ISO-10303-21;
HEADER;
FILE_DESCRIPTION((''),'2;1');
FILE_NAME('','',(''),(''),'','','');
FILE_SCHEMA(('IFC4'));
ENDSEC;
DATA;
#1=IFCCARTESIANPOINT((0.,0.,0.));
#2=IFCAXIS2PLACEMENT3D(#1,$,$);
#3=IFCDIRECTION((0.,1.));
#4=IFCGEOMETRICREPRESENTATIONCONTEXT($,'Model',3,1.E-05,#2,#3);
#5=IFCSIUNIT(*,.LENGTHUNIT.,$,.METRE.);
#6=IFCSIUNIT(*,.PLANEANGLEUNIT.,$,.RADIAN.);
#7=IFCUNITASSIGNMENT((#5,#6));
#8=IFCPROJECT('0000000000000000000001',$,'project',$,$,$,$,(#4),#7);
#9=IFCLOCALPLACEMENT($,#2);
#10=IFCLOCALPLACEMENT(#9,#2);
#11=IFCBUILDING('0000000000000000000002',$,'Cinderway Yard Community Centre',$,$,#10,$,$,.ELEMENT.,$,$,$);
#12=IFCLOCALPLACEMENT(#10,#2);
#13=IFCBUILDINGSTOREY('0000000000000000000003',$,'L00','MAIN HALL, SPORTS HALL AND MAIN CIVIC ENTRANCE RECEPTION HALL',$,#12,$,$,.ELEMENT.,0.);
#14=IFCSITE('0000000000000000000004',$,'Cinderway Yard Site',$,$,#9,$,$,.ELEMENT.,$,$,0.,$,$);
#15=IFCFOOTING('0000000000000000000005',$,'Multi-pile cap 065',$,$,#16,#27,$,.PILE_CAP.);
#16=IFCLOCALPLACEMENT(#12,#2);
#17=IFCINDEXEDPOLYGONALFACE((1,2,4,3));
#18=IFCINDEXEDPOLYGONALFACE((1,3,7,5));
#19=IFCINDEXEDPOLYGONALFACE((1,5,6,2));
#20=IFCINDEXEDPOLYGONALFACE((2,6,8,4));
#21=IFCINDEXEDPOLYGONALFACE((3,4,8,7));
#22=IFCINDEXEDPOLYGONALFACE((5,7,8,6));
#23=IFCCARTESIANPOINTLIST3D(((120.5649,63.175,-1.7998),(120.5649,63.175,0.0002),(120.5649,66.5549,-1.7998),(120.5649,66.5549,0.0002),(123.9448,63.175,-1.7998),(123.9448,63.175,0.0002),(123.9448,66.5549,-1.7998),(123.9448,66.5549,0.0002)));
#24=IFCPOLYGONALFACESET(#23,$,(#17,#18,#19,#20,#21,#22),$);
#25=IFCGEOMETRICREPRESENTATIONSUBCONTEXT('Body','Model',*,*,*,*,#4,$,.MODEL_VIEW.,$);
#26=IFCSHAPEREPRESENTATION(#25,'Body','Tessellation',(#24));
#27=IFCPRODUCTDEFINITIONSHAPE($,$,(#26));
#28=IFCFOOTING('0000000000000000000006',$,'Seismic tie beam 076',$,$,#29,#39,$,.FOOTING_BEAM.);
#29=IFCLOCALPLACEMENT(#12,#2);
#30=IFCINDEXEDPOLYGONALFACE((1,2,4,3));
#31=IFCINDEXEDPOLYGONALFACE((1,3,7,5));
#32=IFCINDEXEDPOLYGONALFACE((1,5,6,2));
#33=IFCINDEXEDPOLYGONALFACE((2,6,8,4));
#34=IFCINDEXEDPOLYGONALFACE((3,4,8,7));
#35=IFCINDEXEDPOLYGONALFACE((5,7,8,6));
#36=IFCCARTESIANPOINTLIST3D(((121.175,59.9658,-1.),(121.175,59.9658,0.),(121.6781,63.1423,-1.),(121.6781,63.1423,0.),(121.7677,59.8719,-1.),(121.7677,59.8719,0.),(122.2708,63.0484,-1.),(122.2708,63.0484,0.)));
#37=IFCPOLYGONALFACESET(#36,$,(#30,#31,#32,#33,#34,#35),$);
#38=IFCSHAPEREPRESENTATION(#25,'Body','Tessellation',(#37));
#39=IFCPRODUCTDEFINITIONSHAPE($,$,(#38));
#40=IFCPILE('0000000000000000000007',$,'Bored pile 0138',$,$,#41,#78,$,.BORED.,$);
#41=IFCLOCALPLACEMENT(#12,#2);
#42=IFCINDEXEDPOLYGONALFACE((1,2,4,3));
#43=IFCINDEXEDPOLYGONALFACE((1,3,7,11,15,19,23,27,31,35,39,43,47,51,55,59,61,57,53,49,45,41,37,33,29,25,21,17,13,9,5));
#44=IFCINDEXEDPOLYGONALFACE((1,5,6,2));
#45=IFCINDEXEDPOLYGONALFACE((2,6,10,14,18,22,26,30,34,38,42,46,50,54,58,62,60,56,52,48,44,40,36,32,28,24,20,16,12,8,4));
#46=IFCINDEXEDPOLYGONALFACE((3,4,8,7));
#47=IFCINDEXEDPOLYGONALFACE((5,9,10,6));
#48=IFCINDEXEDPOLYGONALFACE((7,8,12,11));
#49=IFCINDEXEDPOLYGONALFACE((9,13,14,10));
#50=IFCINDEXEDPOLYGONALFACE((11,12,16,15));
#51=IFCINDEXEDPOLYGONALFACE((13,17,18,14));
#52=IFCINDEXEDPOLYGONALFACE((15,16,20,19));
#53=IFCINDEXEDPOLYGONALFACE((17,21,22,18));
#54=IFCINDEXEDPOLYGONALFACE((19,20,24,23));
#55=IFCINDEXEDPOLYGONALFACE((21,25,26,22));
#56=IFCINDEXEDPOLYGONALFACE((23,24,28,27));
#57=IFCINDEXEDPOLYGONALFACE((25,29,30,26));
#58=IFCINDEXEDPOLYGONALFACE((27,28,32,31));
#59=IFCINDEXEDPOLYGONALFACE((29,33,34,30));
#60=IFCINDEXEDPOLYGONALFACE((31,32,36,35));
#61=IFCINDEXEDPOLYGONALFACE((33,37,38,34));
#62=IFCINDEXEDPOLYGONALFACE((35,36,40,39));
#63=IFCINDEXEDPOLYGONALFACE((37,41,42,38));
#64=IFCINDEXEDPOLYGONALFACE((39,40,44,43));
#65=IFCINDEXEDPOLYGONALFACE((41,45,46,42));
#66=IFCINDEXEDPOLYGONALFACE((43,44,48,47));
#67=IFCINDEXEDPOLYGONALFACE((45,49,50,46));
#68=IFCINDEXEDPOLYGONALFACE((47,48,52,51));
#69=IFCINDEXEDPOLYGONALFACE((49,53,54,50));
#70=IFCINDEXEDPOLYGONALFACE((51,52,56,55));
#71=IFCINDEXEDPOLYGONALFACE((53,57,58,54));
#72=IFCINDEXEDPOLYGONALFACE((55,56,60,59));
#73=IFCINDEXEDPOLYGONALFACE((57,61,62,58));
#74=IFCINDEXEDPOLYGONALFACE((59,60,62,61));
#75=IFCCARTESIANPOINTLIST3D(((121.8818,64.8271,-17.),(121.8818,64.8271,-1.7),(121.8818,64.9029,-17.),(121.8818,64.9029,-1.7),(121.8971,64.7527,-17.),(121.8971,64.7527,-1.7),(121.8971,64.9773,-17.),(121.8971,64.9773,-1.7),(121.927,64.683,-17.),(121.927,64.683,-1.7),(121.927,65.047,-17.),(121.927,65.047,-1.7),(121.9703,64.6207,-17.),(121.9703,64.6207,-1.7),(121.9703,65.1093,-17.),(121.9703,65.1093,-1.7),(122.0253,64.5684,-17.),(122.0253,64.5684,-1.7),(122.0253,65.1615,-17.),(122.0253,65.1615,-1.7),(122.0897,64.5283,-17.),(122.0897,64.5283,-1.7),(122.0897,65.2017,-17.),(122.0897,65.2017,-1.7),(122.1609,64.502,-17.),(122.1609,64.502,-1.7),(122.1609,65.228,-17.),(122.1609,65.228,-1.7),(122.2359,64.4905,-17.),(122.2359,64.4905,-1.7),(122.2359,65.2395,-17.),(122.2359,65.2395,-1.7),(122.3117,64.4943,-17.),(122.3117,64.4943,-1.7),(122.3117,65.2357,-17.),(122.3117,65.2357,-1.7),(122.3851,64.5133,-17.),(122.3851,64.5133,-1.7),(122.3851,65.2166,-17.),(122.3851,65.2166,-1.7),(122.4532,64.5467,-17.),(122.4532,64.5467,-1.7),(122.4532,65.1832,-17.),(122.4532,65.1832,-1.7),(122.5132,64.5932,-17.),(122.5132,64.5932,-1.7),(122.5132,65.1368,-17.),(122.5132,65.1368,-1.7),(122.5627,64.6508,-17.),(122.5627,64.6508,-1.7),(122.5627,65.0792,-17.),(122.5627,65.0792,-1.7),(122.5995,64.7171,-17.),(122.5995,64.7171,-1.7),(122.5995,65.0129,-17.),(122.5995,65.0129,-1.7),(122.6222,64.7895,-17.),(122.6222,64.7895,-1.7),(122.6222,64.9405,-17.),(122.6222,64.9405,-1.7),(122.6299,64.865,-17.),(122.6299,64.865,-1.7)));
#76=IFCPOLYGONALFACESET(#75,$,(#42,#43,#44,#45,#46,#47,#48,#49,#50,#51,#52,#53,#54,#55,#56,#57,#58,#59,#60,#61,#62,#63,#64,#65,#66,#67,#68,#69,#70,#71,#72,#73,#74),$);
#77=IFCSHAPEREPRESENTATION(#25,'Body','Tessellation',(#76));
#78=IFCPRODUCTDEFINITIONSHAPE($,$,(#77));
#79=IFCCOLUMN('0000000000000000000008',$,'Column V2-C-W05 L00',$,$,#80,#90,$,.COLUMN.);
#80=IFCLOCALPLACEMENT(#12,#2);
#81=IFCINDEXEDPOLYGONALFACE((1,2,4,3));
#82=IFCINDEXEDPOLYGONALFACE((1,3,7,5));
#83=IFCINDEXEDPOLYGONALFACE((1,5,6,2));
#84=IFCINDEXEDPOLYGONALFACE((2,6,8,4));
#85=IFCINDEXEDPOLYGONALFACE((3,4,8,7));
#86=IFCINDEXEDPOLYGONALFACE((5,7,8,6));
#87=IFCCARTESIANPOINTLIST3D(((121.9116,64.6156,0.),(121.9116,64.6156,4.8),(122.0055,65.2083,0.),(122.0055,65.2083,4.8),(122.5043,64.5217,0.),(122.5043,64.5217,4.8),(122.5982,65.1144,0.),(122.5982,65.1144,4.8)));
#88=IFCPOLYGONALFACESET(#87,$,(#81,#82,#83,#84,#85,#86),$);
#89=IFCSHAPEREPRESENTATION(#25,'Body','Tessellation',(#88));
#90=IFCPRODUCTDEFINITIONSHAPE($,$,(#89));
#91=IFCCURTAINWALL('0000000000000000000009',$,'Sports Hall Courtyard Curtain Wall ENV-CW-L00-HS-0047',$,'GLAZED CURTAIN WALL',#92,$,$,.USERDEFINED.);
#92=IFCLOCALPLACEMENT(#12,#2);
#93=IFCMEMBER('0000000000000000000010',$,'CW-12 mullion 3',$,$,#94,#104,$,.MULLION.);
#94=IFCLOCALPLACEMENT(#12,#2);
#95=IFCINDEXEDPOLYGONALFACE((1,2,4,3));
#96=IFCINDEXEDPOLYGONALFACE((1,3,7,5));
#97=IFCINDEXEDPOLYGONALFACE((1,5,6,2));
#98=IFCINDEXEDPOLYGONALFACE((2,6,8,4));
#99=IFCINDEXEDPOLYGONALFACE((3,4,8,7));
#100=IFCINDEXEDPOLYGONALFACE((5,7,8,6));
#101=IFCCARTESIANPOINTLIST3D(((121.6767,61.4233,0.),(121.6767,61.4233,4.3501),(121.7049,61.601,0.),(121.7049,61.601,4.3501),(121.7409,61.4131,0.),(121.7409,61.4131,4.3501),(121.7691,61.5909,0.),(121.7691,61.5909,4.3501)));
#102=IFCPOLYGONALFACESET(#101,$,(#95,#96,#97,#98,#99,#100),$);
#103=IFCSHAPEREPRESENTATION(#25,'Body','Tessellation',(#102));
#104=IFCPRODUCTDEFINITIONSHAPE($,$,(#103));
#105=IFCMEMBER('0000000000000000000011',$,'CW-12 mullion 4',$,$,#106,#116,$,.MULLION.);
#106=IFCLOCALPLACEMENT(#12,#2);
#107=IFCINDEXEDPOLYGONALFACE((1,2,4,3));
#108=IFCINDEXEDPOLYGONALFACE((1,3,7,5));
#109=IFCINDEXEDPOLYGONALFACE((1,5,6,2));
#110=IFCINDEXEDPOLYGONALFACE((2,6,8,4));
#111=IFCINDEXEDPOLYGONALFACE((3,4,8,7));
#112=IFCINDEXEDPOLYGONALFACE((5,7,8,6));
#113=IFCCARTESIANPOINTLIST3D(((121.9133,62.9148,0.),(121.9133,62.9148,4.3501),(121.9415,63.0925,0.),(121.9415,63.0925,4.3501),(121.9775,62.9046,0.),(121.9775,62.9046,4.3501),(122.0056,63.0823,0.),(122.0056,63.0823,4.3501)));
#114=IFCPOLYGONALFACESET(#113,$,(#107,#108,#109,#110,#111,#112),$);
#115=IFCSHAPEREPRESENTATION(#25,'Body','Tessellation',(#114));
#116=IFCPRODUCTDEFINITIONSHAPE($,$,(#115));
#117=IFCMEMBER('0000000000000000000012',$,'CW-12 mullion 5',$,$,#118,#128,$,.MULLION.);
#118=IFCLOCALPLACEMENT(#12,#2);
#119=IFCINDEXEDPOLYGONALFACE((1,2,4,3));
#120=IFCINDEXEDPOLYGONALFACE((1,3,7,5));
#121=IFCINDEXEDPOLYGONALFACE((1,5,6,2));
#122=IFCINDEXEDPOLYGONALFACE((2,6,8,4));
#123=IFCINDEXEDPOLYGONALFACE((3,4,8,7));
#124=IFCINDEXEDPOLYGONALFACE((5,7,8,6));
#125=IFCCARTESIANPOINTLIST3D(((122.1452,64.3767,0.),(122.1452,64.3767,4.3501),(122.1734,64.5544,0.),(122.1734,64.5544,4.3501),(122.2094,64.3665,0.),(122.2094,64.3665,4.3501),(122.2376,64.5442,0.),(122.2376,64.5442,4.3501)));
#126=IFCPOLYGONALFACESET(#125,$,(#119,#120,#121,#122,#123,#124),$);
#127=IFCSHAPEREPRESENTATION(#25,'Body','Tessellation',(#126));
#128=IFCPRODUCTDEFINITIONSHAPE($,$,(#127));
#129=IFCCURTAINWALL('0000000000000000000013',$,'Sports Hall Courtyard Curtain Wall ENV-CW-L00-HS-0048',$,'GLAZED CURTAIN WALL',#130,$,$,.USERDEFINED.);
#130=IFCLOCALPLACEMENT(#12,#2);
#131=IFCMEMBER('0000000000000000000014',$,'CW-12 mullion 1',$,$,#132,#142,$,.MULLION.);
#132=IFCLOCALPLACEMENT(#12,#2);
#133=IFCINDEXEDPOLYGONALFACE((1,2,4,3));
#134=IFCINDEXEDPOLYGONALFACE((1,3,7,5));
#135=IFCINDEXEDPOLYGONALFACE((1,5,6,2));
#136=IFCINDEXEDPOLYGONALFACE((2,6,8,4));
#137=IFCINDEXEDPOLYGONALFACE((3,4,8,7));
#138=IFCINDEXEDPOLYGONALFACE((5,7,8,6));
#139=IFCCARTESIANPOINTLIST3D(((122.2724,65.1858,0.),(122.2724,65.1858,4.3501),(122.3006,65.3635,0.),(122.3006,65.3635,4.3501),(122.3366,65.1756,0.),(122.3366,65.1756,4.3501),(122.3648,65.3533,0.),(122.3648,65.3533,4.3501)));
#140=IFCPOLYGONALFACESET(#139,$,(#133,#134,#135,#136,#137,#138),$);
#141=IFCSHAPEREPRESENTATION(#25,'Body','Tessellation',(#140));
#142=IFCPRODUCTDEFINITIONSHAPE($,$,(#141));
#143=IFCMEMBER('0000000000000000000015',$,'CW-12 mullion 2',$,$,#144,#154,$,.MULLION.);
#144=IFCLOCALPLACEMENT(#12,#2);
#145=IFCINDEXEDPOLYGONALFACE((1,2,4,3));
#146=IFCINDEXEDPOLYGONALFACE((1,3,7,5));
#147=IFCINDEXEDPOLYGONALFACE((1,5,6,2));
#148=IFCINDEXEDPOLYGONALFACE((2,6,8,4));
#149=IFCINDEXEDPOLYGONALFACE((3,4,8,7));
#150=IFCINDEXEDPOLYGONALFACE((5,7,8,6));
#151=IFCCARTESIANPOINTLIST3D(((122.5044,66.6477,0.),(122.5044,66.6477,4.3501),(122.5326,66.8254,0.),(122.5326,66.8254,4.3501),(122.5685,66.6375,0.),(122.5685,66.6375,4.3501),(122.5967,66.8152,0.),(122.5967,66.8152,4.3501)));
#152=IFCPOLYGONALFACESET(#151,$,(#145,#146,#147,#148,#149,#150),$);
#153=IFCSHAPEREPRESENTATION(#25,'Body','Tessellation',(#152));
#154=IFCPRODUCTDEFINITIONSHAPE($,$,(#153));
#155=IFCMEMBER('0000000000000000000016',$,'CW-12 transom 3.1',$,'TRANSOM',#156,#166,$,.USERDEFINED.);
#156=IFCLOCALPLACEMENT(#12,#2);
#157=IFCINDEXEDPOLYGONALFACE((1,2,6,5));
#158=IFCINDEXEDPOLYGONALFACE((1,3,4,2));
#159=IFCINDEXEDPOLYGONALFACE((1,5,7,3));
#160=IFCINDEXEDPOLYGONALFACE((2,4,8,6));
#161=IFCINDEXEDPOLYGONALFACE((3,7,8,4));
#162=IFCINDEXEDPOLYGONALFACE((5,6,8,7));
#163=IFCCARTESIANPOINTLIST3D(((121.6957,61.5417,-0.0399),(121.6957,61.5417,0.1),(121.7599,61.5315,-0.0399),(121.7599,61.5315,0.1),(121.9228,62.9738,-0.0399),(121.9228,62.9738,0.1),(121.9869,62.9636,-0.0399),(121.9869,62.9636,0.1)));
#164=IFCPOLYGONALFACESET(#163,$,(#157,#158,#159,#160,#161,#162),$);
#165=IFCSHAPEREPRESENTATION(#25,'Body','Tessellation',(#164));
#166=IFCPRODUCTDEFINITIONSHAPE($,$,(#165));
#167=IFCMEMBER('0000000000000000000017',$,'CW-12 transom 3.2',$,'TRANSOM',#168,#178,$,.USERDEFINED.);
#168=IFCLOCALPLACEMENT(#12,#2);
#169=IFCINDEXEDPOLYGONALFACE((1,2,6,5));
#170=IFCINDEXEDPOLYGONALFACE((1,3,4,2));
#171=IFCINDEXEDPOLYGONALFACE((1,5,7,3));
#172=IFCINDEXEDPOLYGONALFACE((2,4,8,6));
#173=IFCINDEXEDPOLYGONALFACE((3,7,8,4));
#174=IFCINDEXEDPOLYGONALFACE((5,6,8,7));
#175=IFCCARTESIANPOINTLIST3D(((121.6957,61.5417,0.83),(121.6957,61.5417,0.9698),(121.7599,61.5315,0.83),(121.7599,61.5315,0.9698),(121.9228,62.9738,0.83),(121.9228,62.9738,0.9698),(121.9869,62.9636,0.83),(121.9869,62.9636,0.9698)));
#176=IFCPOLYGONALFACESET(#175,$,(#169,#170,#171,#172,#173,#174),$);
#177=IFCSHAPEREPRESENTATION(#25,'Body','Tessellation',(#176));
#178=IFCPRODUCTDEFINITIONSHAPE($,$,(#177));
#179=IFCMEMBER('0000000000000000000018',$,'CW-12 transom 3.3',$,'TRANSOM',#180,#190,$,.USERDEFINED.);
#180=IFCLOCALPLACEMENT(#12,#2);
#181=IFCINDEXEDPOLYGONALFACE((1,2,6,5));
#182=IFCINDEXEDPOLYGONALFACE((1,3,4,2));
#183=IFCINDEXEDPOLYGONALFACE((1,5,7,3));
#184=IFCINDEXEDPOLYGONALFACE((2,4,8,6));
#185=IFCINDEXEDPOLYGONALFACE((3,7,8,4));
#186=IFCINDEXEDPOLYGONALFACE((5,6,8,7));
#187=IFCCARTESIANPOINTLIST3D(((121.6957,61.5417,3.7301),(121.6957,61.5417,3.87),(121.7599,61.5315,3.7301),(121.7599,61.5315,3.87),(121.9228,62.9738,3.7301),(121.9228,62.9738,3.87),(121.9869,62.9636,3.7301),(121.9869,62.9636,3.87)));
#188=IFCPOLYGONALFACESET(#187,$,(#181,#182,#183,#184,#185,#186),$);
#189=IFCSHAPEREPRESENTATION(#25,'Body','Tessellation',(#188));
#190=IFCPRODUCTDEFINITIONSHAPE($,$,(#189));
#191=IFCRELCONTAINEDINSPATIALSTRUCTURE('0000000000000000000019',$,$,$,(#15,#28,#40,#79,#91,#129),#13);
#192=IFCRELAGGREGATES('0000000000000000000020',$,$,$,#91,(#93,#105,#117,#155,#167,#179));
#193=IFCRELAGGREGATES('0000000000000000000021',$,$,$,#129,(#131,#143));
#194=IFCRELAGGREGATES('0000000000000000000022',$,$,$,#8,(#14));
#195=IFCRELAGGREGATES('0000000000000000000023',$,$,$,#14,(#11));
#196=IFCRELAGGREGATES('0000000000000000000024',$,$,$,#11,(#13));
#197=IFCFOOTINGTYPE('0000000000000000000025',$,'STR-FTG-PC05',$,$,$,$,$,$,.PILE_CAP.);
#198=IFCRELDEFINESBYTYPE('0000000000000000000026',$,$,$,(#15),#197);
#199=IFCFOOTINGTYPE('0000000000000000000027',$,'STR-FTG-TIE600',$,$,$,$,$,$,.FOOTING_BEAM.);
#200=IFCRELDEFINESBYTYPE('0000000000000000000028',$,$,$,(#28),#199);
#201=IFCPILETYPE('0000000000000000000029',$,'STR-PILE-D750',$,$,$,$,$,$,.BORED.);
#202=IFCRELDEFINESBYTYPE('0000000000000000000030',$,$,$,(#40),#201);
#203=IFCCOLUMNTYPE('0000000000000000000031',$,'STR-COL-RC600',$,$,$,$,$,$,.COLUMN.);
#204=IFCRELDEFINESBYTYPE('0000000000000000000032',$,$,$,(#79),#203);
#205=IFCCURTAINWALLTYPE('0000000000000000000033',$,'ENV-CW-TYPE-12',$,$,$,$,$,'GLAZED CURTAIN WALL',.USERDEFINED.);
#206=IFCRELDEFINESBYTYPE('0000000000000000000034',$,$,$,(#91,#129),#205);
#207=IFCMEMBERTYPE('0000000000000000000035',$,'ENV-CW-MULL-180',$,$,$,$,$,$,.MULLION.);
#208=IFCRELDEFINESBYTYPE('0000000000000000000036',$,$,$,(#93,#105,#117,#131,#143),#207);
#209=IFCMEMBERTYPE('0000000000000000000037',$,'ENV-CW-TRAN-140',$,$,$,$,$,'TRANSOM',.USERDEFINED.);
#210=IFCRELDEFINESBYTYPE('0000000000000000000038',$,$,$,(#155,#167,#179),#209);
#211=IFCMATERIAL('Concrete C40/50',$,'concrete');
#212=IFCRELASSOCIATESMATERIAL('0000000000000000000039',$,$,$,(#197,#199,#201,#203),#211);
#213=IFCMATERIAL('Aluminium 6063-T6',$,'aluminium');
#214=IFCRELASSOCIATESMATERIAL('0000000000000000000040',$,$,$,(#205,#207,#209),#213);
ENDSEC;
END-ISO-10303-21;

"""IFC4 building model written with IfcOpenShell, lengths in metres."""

from ifc_helpers import new_model, si_unit, direction, frame, origin, origin_2d, place, context, subcontext, project, spatial, rectangle, circle, extrude, material, material_profile, profile_set, type_object, element, aggregate, save


model = new_model("IFC4")

# Units and contexts
model_context = context("Model", 3, precision=1e-05, world=origin(), true_north=direction((0.0, 1.0)))
body_context = subcontext(model_context, "Body", "Model", "MODEL_VIEW")
ifc_project = project(units=[si_unit("LENGTHUNIT", "METRE"), si_unit("PLANEANGLEUNIT", "RADIAN")], contexts=[model_context])

# Site, building, storey
site_placement = place(None, origin())
site = spatial("IfcSite", under=ifc_project, at=site_placement, Name="Cinderway Yard Site", CompositionType="ELEMENT", RefElevation=0.0)
building_placement = place(site_placement, origin())
building = spatial("IfcBuilding", under=site, at=building_placement, Name="Cinderway Yard Community Centre", CompositionType="ELEMENT")
storey_placement = place(building_placement, origin())
storey = spatial("IfcBuildingStorey", under=building, at=storey_placement, Name="L00", Description="MAIN HALL, SPORTS HALL AND MAIN CIVIC ENTRANCE RECEPTION HALL", CompositionType="ELEMENT", Elevation=0.0)

# Footings
ifc_material_1 = material(Name="Concrete C40/50", Category="concrete")
footing_type_1 = type_object("IfcFootingType", Name="STR-FTG-PC05", PredefinedType="PILE_CAP", material=ifc_material_1)
footing_1_placement = place(storey_placement, frame((122.2549, 64.865, -1.7998), z_axis=(0.0, 0.0, 1.0), x_axis=(1.0, 0.0, 0.0)))
element("IfcFooting", 1, at=footing_1_placement, inside=storey, type_object=footing_type_1, Name="Multi-pile cap 065", PredefinedType="PILE_CAP", context=body_context, shape_type="SweptSolid", body=[
    extrude(rectangle(XDim=3.3799, YDim=3.3799, at=origin_2d()), origin(), (0.0, 0.0, 1.0), 1.8),
])
footing_type_2 = type_object("IfcFootingType", Name="STR-FTG-TIE600", PredefinedType="FOOTING_BEAM", material=ifc_material_1)
footing_2_placement = place(storey_placement, frame((121.7229, 61.5071, -1.0), z_axis=(0.0, 0.0, 1.0), x_axis=(0.156452, 0.987686, 0.0)))
element("IfcFooting", 2, at=footing_2_placement, inside=storey, type_object=footing_type_2, Name="Seismic tie beam 076", PredefinedType="FOOTING_BEAM", context=body_context, shape_type="SweptSolid", body=[
    extrude(rectangle(XDim=3.2161, YDim=0.6001, at=origin_2d()), origin(), (0.0, 0.0, 1.0), 1.0),
])

# Pile
ifc_material_profile_1 = material_profile(ifc_material_1, circle(Radius=0.375, at=origin_2d()), Name="Concrete C40/50")
ifc_profile_set_1 = profile_set([ifc_material_profile_1], Name="Concrete C40/50")
pile_type = type_object("IfcPileType", Name="STR-PILE-D750", PredefinedType="BORED", material=ifc_profile_set_1)
pile_placement = place(storey_placement, frame((122.2549, 64.865, -1.7), z_axis=(0.0, 0.0, -1.0), x_axis=(1.0, 0.0, 0.0)))
element("IfcPile", 3, at=pile_placement, inside=storey, type_object=pile_type, Name="Bored pile 0138", PredefinedType="BORED", context=body_context, shape_type="SweptSolid", body=[
    extrude(circle(Radius=0.375, at=origin_2d()), origin(), (0.0, 0.0, 1.0), 15.3),
])

# Column
ifc_material_profile_2 = material_profile(ifc_material_1, rectangle(XDim=0.6001, YDim=0.6001, at=origin_2d()), Name="Concrete C40/50")
ifc_profile_set_2 = profile_set([ifc_material_profile_2], Name="Concrete C40/50")
column_type = type_object("IfcColumnType", Name="STR-COL-RC600", PredefinedType="COLUMN", material=ifc_profile_set_2)
column_placement = place(storey_placement, frame((122.2549, 64.865, 0.0), z_axis=(0.0, 0.0, 1.0), x_axis=(0.987688, -0.156434, 0.0)))
element("IfcColumn", 4, at=column_placement, inside=storey, type_object=column_type, Name="Column V2-C-W05 L00", PredefinedType="COLUMN", context=body_context, shape_type="SweptSolid", body=[
    extrude(rectangle(XDim=0.6001, YDim=0.6001, at=origin_2d()), origin(), (0.0, 0.0, 1.0), 4.8),
])

# Curtain walls, members
ifc_material_2 = material(Name="Aluminium 6063-T6", Category="aluminium")
curtain_wall_type = type_object("IfcCurtainWallType", Name="ENV-CW-TYPE-12", ElementType="GLAZED CURTAIN WALL", PredefinedType="USERDEFINED", material=ifc_material_2)
curtain_wall_1_placement = place(storey_placement, origin())
curtain_wall_1 = element("IfcCurtainWall", 5, at=curtain_wall_1_placement, inside=storey, type_object=curtain_wall_type, Name="Sports Hall Courtyard Curtain Wall ENV-CW-L00-HS-0047", ObjectType="GLAZED CURTAIN WALL", PredefinedType="USERDEFINED")
ifc_material_profile_3 = material_profile(ifc_material_2, rectangle(XDim=0.0649, YDim=0.1799, at=origin_2d()), Name="Aluminium 6063-T6")
ifc_profile_set_3 = profile_set([ifc_material_profile_3], Name="Aluminium 6063-T6")
member_type_1 = type_object("IfcMemberType", Name="ENV-CW-MULL-180", PredefinedType="MULLION", material=ifc_profile_set_3)
member_1_placement = place(storey_placement, frame((121.7229, 61.5071, 0.0), z_axis=(0.0, 0.0, 1.0), x_axis=(-0.987661, 0.156609, 0.0)))
member_1 = element("IfcMember", 6, at=member_1_placement, type_object=member_type_1, Name="CW-12 mullion 3", PredefinedType="MULLION", context=body_context, shape_type="SweptSolid", body=[
    extrude(rectangle(XDim=0.0649, YDim=0.1799, at=origin_2d()), origin(), (0.0, 0.0, 1.0), 4.3501),
])
member_2_placement = place(storey_placement, frame((121.9595, 62.9985, 0.0), z_axis=(0.0, 0.0, 1.0), x_axis=(-0.987661, 0.156609, 0.0)))
member_2 = element("IfcMember", 7, at=member_2_placement, type_object=member_type_1, Name="CW-12 mullion 4", PredefinedType="MULLION", context=body_context, shape_type="SweptSolid", body=[
    extrude(rectangle(XDim=0.0649, YDim=0.1799, at=origin_2d()), origin(), (0.0, 0.0, 1.0), 4.3501),
])
member_3_placement = place(storey_placement, frame((122.1914, 64.4604, 0.0), z_axis=(0.0, 0.0, 1.0), x_axis=(-0.987661, 0.156609, 0.0)))
member_3 = element("IfcMember", 8, at=member_3_placement, type_object=member_type_1, Name="CW-12 mullion 5", PredefinedType="MULLION", context=body_context, shape_type="SweptSolid", body=[
    extrude(rectangle(XDim=0.0649, YDim=0.1799, at=origin_2d()), origin(), (0.0, 0.0, 1.0), 4.3501),
])
curtain_wall_2_placement = place(storey_placement, origin())
curtain_wall_2 = element("IfcCurtainWall", 9, at=curtain_wall_2_placement, inside=storey, type_object=curtain_wall_type, Name="Sports Hall Courtyard Curtain Wall ENV-CW-L00-HS-0048", ObjectType="GLAZED CURTAIN WALL", PredefinedType="USERDEFINED")
member_4_placement = place(storey_placement, frame((122.3186, 65.2695, 0.0), z_axis=(0.0, 0.0, 1.0), x_axis=(-0.987661, 0.156609, 0.0)))
member_4 = element("IfcMember", 10, at=member_4_placement, type_object=member_type_1, Name="CW-12 mullion 1", PredefinedType="MULLION", context=body_context, shape_type="SweptSolid", body=[
    extrude(rectangle(XDim=0.0649, YDim=0.1799, at=origin_2d()), origin(), (0.0, 0.0, 1.0), 4.3501),
])
member_5_placement = place(storey_placement, frame((122.5505, 66.7314, 0.0), z_axis=(0.0, 0.0, 1.0), x_axis=(-0.987661, 0.156609, 0.0)))
member_5 = element("IfcMember", 11, at=member_5_placement, type_object=member_type_1, Name="CW-12 mullion 2", PredefinedType="MULLION", context=body_context, shape_type="SweptSolid", body=[
    extrude(rectangle(XDim=0.0649, YDim=0.1799, at=origin_2d()), origin(), (0.0, 0.0, 1.0), 4.3501),
])

# Members
ifc_material_profile_4 = material_profile(ifc_material_2, rectangle(XDim=0.0649, YDim=0.1399, at=origin_2d()), Name="Aluminium 6063-T6")
ifc_profile_set_4 = profile_set([ifc_material_profile_4], Name="Aluminium 6063-T6")
member_type_2 = type_object("IfcMemberType", Name="ENV-CW-TRAN-140", ElementType="TRANSOM", PredefinedType="USERDEFINED", material=ifc_profile_set_4)
member_6_placement = place(storey_placement, frame((121.7278, 61.5366, 0.03), z_axis=(0.156585, 0.987664, 0.0), x_axis=(-0.987664, 0.156585, 0.0)))
member_6 = element("IfcMember", 12, at=member_6_placement, type_object=member_type_2, Name="CW-12 transom 3.1", ObjectType="TRANSOM", PredefinedType="USERDEFINED", context=body_context, shape_type="SweptSolid", body=[
    extrude(rectangle(XDim=0.0649, YDim=0.1399, at=origin_2d()), origin(), (0.0, 0.0, 1.0), 1.45),
])
member_7_placement = place(storey_placement, frame((121.7278, 61.5366, 0.8999), z_axis=(0.156585, 0.987664, 0.0), x_axis=(-0.987664, 0.156585, 0.0)))
member_7 = element("IfcMember", 13, at=member_7_placement, type_object=member_type_2, Name="CW-12 transom 3.2", ObjectType="TRANSOM", PredefinedType="USERDEFINED", context=body_context, shape_type="SweptSolid", body=[
    extrude(rectangle(XDim=0.0649, YDim=0.1399, at=origin_2d()), origin(), (0.0, 0.0, 1.0), 1.45),
])
member_8_placement = place(storey_placement, frame((121.7278, 61.5366, 3.8), z_axis=(0.156585, 0.987664, 0.0), x_axis=(-0.987664, 0.156585, 0.0)))
member_8 = element("IfcMember", 14, at=member_8_placement, type_object=member_type_2, Name="CW-12 transom 3.3", ObjectType="TRANSOM", PredefinedType="USERDEFINED", context=body_context, shape_type="SweptSolid", body=[
    extrude(rectangle(XDim=0.0649, YDim=0.1399, at=origin_2d()), origin(), (0.0, 0.0, 1.0), 1.45),
])

aggregate(curtain_wall_1, [member_1, member_2, member_3, member_6, member_7, member_8])
aggregate(curtain_wall_2, [member_4, member_5])

save(model, "model.ifc")
